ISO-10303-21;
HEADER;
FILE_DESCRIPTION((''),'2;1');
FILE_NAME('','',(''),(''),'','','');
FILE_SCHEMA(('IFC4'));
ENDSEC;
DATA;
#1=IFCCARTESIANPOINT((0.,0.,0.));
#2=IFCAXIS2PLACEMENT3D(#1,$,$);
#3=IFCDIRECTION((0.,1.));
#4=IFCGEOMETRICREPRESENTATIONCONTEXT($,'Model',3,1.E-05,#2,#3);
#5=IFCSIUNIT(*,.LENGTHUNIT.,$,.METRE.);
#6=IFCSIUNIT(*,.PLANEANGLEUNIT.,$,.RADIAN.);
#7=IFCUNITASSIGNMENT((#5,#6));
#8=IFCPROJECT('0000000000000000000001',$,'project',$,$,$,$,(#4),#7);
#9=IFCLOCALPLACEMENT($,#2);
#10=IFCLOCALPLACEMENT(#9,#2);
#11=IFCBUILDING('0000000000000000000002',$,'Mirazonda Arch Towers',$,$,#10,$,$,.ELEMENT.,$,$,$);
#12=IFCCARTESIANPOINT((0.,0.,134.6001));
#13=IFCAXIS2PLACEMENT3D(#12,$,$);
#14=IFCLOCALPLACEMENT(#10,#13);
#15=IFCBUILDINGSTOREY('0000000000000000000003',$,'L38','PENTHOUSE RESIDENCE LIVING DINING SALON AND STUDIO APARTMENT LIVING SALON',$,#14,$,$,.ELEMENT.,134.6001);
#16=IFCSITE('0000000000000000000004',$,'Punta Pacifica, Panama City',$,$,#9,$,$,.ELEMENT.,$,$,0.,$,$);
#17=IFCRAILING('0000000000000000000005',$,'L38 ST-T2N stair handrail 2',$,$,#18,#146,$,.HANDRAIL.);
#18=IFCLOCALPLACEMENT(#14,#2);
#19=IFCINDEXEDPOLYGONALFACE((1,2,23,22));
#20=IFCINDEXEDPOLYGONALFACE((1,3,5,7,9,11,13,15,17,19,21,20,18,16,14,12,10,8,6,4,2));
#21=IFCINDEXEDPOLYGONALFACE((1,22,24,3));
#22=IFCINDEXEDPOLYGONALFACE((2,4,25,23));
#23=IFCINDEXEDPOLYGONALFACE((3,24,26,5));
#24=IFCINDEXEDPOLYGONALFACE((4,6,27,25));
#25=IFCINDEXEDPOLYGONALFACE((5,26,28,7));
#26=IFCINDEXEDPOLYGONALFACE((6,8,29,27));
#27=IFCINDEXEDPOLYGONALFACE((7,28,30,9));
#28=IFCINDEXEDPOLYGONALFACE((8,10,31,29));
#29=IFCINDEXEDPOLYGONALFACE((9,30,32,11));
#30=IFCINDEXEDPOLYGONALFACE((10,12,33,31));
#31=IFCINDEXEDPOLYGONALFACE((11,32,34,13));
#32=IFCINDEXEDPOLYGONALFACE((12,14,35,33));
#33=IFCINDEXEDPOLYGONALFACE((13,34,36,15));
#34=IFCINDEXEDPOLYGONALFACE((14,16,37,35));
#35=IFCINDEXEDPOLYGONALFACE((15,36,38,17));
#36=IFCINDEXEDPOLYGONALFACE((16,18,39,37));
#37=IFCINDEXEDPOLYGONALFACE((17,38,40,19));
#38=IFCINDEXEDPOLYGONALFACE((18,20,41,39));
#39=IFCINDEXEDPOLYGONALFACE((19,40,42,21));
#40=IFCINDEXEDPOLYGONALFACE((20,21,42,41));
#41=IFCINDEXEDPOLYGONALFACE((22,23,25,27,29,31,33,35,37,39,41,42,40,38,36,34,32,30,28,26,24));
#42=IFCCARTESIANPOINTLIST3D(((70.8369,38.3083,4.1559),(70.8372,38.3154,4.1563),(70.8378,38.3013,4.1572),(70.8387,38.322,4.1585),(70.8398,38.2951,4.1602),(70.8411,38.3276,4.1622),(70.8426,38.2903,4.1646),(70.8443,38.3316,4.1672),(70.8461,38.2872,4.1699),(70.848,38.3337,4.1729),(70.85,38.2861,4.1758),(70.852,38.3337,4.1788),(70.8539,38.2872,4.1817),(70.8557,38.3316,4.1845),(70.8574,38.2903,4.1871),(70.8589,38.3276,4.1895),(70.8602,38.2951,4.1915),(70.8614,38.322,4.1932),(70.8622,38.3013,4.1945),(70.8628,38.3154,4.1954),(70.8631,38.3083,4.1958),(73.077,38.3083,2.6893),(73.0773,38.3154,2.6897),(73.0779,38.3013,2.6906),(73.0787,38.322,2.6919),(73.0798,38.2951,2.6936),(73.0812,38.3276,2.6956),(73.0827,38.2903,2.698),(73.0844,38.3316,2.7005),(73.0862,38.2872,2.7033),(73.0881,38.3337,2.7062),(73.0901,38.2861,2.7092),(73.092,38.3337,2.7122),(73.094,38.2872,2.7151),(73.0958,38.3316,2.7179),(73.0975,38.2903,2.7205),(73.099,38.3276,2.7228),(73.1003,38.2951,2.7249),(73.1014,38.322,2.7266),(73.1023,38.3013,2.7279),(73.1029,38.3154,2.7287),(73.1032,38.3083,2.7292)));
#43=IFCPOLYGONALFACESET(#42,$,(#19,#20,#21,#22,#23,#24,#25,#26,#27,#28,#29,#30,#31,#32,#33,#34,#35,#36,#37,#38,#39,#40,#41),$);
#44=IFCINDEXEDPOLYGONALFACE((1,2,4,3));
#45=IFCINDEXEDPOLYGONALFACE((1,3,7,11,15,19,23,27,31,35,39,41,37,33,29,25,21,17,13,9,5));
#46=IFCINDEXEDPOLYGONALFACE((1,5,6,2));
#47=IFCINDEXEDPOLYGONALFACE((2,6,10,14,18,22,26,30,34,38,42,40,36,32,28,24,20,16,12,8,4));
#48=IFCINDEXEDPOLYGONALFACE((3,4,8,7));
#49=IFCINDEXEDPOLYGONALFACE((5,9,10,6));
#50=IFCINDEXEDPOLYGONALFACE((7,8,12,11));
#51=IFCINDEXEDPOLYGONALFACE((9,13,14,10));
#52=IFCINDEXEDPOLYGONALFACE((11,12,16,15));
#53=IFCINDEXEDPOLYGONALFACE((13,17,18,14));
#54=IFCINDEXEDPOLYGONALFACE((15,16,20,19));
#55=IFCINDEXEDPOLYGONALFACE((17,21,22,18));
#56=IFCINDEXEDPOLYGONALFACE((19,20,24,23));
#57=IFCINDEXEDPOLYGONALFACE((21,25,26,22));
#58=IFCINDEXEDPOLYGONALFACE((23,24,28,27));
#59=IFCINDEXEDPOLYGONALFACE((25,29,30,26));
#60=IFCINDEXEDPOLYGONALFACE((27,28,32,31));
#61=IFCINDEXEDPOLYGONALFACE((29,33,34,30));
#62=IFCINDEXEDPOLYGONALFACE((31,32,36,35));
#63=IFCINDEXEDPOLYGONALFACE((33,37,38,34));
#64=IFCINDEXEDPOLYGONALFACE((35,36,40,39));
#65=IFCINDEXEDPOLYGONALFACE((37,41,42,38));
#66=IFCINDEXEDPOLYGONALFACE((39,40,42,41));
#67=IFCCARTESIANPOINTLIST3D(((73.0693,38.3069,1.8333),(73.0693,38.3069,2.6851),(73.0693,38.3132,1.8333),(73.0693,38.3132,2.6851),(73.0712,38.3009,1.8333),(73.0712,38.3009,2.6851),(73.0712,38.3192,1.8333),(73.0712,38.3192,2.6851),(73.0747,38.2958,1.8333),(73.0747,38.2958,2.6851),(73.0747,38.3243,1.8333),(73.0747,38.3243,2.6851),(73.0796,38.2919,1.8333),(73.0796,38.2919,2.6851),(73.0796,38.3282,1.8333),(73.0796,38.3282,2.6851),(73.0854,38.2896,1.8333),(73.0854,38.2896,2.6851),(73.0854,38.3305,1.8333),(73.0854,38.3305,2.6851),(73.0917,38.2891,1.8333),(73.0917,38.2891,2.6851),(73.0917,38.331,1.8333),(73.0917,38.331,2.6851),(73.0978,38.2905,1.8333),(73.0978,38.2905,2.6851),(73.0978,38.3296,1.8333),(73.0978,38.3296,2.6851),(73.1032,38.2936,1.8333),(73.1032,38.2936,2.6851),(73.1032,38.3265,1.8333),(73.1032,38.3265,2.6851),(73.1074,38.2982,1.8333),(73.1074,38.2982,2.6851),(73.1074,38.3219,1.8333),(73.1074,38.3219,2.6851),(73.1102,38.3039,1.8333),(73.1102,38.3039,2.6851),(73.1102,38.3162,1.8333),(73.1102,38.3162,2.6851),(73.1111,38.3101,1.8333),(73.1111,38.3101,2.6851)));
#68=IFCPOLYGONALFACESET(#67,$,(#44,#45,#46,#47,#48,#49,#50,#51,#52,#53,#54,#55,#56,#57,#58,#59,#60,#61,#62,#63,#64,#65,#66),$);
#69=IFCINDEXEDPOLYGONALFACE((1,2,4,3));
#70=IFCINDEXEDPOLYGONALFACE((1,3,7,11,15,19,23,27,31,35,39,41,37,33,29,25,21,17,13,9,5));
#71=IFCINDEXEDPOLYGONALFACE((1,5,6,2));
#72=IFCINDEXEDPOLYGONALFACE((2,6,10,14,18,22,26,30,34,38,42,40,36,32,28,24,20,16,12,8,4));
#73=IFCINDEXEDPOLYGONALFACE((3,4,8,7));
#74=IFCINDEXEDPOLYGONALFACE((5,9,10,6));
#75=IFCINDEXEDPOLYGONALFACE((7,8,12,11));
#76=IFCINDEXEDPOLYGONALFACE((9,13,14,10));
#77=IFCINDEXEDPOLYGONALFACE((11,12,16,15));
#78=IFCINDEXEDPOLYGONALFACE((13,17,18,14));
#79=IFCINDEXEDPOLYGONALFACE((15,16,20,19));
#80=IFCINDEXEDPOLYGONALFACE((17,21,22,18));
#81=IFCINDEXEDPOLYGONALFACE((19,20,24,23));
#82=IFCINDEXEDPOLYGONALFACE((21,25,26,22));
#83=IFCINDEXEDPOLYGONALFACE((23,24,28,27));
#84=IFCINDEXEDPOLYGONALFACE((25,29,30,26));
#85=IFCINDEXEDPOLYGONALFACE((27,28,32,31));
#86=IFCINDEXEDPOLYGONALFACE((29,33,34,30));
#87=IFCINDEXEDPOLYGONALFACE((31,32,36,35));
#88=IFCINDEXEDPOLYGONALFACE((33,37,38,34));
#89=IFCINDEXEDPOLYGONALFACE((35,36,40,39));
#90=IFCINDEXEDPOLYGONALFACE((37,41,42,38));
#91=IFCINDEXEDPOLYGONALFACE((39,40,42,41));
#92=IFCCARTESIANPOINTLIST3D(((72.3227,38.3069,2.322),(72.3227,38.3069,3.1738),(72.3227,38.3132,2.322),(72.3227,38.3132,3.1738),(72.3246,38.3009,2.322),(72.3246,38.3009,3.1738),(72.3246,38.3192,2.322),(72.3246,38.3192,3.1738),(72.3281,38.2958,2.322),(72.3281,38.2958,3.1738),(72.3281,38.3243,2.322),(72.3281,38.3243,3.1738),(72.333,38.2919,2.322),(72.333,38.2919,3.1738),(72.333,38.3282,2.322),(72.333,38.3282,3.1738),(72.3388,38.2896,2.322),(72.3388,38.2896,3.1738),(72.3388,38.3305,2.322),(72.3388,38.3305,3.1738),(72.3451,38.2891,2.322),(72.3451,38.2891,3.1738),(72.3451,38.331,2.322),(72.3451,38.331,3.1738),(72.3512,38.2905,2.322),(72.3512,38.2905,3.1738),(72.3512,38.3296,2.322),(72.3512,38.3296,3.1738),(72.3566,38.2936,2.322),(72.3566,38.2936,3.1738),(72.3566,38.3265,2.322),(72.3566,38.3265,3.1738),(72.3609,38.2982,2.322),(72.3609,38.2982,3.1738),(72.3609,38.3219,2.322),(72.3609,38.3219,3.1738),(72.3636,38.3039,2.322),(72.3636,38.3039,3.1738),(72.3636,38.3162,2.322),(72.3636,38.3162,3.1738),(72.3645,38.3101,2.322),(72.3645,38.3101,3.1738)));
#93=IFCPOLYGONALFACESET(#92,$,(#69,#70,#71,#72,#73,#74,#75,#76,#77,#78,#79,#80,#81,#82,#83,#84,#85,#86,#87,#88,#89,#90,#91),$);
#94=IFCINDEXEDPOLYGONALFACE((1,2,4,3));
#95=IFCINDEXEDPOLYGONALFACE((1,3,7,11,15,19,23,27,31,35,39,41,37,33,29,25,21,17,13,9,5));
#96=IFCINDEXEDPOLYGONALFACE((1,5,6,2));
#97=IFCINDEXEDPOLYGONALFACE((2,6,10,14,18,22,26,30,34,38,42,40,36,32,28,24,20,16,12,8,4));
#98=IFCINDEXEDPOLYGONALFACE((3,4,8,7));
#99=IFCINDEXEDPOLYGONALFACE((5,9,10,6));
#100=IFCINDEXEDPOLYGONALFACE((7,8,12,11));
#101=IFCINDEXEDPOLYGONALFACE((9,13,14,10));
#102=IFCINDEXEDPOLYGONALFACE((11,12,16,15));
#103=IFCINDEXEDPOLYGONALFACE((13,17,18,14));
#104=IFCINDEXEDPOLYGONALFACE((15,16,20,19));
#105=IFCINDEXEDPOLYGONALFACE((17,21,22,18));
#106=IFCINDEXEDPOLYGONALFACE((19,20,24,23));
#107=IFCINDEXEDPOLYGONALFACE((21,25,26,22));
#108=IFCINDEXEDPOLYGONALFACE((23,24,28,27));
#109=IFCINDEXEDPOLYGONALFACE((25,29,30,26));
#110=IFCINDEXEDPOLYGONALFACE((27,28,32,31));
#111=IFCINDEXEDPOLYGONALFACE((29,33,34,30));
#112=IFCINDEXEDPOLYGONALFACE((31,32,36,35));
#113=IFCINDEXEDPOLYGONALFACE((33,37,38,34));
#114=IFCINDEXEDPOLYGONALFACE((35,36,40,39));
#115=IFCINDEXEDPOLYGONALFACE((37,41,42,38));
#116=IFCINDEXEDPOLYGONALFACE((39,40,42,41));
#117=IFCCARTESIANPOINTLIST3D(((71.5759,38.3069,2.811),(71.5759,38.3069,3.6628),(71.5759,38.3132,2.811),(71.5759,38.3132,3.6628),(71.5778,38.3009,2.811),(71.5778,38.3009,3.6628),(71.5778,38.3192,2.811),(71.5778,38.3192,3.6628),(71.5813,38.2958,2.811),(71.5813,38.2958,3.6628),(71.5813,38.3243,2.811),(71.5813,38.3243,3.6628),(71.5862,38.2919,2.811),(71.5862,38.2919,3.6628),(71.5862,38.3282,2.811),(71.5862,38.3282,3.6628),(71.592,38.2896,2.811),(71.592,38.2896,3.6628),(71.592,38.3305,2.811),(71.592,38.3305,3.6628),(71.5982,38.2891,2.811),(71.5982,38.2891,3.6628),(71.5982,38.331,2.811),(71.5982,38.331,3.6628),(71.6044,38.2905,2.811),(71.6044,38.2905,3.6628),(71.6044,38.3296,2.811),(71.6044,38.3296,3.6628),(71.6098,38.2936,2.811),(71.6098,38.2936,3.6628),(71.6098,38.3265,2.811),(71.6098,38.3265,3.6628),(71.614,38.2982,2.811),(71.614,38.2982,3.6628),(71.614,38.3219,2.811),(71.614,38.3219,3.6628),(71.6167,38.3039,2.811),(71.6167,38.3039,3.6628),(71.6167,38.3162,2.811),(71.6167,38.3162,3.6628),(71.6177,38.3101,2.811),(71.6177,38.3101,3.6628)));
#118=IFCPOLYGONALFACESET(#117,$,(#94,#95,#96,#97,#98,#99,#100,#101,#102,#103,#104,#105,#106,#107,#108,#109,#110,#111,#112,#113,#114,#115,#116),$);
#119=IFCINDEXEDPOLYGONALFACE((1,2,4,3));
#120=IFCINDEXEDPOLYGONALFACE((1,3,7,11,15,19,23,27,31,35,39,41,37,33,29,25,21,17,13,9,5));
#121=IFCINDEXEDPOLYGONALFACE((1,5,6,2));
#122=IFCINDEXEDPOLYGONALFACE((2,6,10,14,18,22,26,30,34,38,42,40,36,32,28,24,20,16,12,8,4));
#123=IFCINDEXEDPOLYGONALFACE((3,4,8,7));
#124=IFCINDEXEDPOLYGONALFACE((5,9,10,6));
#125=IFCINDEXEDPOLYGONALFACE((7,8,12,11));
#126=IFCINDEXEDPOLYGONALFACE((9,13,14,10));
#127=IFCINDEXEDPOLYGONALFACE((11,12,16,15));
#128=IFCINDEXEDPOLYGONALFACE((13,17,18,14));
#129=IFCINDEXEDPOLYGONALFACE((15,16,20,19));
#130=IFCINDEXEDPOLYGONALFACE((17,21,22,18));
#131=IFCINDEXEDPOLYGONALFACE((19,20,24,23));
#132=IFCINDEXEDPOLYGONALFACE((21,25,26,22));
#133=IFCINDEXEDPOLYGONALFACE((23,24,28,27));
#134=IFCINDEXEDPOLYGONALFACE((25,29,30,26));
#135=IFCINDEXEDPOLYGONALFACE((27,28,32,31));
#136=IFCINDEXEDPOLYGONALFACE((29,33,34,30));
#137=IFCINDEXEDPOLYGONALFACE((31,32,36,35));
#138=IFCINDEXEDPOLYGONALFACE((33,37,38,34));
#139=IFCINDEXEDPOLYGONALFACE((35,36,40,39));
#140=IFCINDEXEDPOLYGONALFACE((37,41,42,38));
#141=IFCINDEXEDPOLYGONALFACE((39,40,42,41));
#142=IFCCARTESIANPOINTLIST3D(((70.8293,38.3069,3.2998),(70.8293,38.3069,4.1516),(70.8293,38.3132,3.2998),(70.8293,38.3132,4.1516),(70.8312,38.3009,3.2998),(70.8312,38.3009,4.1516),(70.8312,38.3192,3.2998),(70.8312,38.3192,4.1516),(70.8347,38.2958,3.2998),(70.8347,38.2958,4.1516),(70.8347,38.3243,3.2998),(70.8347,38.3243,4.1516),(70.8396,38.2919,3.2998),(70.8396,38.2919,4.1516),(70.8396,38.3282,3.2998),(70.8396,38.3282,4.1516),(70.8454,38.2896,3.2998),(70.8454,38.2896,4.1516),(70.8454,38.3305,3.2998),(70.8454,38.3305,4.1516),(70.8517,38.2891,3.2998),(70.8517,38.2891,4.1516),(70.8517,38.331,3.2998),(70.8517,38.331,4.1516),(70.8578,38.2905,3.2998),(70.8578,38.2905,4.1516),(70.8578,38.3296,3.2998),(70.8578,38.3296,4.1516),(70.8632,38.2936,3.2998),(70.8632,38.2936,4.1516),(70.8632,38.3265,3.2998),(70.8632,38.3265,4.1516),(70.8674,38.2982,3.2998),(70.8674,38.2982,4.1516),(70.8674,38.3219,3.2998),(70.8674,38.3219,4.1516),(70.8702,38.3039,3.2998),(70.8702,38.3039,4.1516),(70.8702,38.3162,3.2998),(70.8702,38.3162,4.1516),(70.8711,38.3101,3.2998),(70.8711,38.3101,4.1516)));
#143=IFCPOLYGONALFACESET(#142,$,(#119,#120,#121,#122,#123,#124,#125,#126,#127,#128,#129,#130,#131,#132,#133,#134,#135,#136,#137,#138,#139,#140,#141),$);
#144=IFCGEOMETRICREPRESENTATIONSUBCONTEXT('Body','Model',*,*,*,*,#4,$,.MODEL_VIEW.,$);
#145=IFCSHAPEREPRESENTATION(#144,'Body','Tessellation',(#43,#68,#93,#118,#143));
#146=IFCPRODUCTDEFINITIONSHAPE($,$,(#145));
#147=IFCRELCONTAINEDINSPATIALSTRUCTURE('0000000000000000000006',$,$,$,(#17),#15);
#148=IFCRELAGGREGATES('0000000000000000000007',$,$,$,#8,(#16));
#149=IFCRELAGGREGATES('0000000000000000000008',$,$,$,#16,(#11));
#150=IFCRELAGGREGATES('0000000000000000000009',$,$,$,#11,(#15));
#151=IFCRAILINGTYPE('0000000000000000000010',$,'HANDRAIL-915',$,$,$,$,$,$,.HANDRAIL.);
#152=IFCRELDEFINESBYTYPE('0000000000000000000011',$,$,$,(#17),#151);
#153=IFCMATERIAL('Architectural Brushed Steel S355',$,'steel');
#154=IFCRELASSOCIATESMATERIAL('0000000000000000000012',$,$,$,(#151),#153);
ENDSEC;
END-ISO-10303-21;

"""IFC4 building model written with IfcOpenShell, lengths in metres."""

from ifc_helpers import new_model, si_unit, direction, frame, origin, origin_2d, place, context, subcontext, project, spatial, circle, extrude, material, type_object, element, save


model = new_model("IFC4")

# Units and contexts
model_context = context("Model", 3, precision=1e-05, world=origin(), true_north=direction((0.0, 1.0)))
body_context = subcontext(model_context, "Body", "Model", "MODEL_VIEW")
ifc_project = project(units=[si_unit("LENGTHUNIT", "METRE"), si_unit("PLANEANGLEUNIT", "RADIAN")], contexts=[model_context])

# Site, building, storey
site_placement = place(None, origin())
site = spatial("IfcSite", under=ifc_project, at=site_placement, Name="Punta Pacifica, Panama City", CompositionType="ELEMENT", RefElevation=0.0)
building_placement = place(site_placement, origin())
building = spatial("IfcBuilding", under=site, at=building_placement, Name="Mirazonda Arch Towers", CompositionType="ELEMENT")
storey_placement = place(building_placement, frame((0.0, 0.0, 134.6001)))
storey = spatial("IfcBuildingStorey", under=building, at=storey_placement, Name="L38", Description="PENTHOUSE RESIDENCE LIVING DINING SALON AND STUDIO APARTMENT LIVING SALON", CompositionType="ELEMENT", Elevation=134.6001)

# Shared definitions
ifc_material_1 = material(Name="Architectural Brushed Steel S355", Category="steel")

# Railing
railing_type_1 = type_object("IfcRailingType", Name="HANDRAIL-915", PredefinedType="HANDRAIL", material=ifc_material_1)
railing_1_placement = place(storey_placement, frame((73.0901, 38.3101, 1.8333)))
element("IfcRailing", 1, at=railing_1_placement, inside=storey, type_object=railing_type_1, Name="L38 ST-T2N stair handrail 2", PredefinedType="HANDRAIL", context=body_context, shape_type="SweptSolid", body=[
    extrude(circle(Radius=0.0239, at=origin_2d()), frame((0.0, 0.0, 0.876), z_axis=(-0.836637, 0.0, 0.547758), x_axis=(0.0, -1.0, 0.0)), (0.0, 0.0, 1.0), 2.6775),
    extrude(circle(Radius=0.021, at=origin_2d()), origin(), (0.0, 0.0, 1.0), 0.8518),
    extrude(circle(Radius=0.021, at=origin_2d()), frame((-0.7466, 0.0, 0.4888)), (0.0, 0.0, 1.0), 0.8518),
    extrude(circle(Radius=0.021, at=origin_2d()), frame((-1.4934, 0.0, 0.9778)), (0.0, 0.0, 1.0), 0.8518),
    extrude(circle(Radius=0.021, at=origin_2d()), frame((-2.24, 0.0, 1.4666)), (0.0, 0.0, 1.0), 0.8518),
])

save(model, "model.ifc")
